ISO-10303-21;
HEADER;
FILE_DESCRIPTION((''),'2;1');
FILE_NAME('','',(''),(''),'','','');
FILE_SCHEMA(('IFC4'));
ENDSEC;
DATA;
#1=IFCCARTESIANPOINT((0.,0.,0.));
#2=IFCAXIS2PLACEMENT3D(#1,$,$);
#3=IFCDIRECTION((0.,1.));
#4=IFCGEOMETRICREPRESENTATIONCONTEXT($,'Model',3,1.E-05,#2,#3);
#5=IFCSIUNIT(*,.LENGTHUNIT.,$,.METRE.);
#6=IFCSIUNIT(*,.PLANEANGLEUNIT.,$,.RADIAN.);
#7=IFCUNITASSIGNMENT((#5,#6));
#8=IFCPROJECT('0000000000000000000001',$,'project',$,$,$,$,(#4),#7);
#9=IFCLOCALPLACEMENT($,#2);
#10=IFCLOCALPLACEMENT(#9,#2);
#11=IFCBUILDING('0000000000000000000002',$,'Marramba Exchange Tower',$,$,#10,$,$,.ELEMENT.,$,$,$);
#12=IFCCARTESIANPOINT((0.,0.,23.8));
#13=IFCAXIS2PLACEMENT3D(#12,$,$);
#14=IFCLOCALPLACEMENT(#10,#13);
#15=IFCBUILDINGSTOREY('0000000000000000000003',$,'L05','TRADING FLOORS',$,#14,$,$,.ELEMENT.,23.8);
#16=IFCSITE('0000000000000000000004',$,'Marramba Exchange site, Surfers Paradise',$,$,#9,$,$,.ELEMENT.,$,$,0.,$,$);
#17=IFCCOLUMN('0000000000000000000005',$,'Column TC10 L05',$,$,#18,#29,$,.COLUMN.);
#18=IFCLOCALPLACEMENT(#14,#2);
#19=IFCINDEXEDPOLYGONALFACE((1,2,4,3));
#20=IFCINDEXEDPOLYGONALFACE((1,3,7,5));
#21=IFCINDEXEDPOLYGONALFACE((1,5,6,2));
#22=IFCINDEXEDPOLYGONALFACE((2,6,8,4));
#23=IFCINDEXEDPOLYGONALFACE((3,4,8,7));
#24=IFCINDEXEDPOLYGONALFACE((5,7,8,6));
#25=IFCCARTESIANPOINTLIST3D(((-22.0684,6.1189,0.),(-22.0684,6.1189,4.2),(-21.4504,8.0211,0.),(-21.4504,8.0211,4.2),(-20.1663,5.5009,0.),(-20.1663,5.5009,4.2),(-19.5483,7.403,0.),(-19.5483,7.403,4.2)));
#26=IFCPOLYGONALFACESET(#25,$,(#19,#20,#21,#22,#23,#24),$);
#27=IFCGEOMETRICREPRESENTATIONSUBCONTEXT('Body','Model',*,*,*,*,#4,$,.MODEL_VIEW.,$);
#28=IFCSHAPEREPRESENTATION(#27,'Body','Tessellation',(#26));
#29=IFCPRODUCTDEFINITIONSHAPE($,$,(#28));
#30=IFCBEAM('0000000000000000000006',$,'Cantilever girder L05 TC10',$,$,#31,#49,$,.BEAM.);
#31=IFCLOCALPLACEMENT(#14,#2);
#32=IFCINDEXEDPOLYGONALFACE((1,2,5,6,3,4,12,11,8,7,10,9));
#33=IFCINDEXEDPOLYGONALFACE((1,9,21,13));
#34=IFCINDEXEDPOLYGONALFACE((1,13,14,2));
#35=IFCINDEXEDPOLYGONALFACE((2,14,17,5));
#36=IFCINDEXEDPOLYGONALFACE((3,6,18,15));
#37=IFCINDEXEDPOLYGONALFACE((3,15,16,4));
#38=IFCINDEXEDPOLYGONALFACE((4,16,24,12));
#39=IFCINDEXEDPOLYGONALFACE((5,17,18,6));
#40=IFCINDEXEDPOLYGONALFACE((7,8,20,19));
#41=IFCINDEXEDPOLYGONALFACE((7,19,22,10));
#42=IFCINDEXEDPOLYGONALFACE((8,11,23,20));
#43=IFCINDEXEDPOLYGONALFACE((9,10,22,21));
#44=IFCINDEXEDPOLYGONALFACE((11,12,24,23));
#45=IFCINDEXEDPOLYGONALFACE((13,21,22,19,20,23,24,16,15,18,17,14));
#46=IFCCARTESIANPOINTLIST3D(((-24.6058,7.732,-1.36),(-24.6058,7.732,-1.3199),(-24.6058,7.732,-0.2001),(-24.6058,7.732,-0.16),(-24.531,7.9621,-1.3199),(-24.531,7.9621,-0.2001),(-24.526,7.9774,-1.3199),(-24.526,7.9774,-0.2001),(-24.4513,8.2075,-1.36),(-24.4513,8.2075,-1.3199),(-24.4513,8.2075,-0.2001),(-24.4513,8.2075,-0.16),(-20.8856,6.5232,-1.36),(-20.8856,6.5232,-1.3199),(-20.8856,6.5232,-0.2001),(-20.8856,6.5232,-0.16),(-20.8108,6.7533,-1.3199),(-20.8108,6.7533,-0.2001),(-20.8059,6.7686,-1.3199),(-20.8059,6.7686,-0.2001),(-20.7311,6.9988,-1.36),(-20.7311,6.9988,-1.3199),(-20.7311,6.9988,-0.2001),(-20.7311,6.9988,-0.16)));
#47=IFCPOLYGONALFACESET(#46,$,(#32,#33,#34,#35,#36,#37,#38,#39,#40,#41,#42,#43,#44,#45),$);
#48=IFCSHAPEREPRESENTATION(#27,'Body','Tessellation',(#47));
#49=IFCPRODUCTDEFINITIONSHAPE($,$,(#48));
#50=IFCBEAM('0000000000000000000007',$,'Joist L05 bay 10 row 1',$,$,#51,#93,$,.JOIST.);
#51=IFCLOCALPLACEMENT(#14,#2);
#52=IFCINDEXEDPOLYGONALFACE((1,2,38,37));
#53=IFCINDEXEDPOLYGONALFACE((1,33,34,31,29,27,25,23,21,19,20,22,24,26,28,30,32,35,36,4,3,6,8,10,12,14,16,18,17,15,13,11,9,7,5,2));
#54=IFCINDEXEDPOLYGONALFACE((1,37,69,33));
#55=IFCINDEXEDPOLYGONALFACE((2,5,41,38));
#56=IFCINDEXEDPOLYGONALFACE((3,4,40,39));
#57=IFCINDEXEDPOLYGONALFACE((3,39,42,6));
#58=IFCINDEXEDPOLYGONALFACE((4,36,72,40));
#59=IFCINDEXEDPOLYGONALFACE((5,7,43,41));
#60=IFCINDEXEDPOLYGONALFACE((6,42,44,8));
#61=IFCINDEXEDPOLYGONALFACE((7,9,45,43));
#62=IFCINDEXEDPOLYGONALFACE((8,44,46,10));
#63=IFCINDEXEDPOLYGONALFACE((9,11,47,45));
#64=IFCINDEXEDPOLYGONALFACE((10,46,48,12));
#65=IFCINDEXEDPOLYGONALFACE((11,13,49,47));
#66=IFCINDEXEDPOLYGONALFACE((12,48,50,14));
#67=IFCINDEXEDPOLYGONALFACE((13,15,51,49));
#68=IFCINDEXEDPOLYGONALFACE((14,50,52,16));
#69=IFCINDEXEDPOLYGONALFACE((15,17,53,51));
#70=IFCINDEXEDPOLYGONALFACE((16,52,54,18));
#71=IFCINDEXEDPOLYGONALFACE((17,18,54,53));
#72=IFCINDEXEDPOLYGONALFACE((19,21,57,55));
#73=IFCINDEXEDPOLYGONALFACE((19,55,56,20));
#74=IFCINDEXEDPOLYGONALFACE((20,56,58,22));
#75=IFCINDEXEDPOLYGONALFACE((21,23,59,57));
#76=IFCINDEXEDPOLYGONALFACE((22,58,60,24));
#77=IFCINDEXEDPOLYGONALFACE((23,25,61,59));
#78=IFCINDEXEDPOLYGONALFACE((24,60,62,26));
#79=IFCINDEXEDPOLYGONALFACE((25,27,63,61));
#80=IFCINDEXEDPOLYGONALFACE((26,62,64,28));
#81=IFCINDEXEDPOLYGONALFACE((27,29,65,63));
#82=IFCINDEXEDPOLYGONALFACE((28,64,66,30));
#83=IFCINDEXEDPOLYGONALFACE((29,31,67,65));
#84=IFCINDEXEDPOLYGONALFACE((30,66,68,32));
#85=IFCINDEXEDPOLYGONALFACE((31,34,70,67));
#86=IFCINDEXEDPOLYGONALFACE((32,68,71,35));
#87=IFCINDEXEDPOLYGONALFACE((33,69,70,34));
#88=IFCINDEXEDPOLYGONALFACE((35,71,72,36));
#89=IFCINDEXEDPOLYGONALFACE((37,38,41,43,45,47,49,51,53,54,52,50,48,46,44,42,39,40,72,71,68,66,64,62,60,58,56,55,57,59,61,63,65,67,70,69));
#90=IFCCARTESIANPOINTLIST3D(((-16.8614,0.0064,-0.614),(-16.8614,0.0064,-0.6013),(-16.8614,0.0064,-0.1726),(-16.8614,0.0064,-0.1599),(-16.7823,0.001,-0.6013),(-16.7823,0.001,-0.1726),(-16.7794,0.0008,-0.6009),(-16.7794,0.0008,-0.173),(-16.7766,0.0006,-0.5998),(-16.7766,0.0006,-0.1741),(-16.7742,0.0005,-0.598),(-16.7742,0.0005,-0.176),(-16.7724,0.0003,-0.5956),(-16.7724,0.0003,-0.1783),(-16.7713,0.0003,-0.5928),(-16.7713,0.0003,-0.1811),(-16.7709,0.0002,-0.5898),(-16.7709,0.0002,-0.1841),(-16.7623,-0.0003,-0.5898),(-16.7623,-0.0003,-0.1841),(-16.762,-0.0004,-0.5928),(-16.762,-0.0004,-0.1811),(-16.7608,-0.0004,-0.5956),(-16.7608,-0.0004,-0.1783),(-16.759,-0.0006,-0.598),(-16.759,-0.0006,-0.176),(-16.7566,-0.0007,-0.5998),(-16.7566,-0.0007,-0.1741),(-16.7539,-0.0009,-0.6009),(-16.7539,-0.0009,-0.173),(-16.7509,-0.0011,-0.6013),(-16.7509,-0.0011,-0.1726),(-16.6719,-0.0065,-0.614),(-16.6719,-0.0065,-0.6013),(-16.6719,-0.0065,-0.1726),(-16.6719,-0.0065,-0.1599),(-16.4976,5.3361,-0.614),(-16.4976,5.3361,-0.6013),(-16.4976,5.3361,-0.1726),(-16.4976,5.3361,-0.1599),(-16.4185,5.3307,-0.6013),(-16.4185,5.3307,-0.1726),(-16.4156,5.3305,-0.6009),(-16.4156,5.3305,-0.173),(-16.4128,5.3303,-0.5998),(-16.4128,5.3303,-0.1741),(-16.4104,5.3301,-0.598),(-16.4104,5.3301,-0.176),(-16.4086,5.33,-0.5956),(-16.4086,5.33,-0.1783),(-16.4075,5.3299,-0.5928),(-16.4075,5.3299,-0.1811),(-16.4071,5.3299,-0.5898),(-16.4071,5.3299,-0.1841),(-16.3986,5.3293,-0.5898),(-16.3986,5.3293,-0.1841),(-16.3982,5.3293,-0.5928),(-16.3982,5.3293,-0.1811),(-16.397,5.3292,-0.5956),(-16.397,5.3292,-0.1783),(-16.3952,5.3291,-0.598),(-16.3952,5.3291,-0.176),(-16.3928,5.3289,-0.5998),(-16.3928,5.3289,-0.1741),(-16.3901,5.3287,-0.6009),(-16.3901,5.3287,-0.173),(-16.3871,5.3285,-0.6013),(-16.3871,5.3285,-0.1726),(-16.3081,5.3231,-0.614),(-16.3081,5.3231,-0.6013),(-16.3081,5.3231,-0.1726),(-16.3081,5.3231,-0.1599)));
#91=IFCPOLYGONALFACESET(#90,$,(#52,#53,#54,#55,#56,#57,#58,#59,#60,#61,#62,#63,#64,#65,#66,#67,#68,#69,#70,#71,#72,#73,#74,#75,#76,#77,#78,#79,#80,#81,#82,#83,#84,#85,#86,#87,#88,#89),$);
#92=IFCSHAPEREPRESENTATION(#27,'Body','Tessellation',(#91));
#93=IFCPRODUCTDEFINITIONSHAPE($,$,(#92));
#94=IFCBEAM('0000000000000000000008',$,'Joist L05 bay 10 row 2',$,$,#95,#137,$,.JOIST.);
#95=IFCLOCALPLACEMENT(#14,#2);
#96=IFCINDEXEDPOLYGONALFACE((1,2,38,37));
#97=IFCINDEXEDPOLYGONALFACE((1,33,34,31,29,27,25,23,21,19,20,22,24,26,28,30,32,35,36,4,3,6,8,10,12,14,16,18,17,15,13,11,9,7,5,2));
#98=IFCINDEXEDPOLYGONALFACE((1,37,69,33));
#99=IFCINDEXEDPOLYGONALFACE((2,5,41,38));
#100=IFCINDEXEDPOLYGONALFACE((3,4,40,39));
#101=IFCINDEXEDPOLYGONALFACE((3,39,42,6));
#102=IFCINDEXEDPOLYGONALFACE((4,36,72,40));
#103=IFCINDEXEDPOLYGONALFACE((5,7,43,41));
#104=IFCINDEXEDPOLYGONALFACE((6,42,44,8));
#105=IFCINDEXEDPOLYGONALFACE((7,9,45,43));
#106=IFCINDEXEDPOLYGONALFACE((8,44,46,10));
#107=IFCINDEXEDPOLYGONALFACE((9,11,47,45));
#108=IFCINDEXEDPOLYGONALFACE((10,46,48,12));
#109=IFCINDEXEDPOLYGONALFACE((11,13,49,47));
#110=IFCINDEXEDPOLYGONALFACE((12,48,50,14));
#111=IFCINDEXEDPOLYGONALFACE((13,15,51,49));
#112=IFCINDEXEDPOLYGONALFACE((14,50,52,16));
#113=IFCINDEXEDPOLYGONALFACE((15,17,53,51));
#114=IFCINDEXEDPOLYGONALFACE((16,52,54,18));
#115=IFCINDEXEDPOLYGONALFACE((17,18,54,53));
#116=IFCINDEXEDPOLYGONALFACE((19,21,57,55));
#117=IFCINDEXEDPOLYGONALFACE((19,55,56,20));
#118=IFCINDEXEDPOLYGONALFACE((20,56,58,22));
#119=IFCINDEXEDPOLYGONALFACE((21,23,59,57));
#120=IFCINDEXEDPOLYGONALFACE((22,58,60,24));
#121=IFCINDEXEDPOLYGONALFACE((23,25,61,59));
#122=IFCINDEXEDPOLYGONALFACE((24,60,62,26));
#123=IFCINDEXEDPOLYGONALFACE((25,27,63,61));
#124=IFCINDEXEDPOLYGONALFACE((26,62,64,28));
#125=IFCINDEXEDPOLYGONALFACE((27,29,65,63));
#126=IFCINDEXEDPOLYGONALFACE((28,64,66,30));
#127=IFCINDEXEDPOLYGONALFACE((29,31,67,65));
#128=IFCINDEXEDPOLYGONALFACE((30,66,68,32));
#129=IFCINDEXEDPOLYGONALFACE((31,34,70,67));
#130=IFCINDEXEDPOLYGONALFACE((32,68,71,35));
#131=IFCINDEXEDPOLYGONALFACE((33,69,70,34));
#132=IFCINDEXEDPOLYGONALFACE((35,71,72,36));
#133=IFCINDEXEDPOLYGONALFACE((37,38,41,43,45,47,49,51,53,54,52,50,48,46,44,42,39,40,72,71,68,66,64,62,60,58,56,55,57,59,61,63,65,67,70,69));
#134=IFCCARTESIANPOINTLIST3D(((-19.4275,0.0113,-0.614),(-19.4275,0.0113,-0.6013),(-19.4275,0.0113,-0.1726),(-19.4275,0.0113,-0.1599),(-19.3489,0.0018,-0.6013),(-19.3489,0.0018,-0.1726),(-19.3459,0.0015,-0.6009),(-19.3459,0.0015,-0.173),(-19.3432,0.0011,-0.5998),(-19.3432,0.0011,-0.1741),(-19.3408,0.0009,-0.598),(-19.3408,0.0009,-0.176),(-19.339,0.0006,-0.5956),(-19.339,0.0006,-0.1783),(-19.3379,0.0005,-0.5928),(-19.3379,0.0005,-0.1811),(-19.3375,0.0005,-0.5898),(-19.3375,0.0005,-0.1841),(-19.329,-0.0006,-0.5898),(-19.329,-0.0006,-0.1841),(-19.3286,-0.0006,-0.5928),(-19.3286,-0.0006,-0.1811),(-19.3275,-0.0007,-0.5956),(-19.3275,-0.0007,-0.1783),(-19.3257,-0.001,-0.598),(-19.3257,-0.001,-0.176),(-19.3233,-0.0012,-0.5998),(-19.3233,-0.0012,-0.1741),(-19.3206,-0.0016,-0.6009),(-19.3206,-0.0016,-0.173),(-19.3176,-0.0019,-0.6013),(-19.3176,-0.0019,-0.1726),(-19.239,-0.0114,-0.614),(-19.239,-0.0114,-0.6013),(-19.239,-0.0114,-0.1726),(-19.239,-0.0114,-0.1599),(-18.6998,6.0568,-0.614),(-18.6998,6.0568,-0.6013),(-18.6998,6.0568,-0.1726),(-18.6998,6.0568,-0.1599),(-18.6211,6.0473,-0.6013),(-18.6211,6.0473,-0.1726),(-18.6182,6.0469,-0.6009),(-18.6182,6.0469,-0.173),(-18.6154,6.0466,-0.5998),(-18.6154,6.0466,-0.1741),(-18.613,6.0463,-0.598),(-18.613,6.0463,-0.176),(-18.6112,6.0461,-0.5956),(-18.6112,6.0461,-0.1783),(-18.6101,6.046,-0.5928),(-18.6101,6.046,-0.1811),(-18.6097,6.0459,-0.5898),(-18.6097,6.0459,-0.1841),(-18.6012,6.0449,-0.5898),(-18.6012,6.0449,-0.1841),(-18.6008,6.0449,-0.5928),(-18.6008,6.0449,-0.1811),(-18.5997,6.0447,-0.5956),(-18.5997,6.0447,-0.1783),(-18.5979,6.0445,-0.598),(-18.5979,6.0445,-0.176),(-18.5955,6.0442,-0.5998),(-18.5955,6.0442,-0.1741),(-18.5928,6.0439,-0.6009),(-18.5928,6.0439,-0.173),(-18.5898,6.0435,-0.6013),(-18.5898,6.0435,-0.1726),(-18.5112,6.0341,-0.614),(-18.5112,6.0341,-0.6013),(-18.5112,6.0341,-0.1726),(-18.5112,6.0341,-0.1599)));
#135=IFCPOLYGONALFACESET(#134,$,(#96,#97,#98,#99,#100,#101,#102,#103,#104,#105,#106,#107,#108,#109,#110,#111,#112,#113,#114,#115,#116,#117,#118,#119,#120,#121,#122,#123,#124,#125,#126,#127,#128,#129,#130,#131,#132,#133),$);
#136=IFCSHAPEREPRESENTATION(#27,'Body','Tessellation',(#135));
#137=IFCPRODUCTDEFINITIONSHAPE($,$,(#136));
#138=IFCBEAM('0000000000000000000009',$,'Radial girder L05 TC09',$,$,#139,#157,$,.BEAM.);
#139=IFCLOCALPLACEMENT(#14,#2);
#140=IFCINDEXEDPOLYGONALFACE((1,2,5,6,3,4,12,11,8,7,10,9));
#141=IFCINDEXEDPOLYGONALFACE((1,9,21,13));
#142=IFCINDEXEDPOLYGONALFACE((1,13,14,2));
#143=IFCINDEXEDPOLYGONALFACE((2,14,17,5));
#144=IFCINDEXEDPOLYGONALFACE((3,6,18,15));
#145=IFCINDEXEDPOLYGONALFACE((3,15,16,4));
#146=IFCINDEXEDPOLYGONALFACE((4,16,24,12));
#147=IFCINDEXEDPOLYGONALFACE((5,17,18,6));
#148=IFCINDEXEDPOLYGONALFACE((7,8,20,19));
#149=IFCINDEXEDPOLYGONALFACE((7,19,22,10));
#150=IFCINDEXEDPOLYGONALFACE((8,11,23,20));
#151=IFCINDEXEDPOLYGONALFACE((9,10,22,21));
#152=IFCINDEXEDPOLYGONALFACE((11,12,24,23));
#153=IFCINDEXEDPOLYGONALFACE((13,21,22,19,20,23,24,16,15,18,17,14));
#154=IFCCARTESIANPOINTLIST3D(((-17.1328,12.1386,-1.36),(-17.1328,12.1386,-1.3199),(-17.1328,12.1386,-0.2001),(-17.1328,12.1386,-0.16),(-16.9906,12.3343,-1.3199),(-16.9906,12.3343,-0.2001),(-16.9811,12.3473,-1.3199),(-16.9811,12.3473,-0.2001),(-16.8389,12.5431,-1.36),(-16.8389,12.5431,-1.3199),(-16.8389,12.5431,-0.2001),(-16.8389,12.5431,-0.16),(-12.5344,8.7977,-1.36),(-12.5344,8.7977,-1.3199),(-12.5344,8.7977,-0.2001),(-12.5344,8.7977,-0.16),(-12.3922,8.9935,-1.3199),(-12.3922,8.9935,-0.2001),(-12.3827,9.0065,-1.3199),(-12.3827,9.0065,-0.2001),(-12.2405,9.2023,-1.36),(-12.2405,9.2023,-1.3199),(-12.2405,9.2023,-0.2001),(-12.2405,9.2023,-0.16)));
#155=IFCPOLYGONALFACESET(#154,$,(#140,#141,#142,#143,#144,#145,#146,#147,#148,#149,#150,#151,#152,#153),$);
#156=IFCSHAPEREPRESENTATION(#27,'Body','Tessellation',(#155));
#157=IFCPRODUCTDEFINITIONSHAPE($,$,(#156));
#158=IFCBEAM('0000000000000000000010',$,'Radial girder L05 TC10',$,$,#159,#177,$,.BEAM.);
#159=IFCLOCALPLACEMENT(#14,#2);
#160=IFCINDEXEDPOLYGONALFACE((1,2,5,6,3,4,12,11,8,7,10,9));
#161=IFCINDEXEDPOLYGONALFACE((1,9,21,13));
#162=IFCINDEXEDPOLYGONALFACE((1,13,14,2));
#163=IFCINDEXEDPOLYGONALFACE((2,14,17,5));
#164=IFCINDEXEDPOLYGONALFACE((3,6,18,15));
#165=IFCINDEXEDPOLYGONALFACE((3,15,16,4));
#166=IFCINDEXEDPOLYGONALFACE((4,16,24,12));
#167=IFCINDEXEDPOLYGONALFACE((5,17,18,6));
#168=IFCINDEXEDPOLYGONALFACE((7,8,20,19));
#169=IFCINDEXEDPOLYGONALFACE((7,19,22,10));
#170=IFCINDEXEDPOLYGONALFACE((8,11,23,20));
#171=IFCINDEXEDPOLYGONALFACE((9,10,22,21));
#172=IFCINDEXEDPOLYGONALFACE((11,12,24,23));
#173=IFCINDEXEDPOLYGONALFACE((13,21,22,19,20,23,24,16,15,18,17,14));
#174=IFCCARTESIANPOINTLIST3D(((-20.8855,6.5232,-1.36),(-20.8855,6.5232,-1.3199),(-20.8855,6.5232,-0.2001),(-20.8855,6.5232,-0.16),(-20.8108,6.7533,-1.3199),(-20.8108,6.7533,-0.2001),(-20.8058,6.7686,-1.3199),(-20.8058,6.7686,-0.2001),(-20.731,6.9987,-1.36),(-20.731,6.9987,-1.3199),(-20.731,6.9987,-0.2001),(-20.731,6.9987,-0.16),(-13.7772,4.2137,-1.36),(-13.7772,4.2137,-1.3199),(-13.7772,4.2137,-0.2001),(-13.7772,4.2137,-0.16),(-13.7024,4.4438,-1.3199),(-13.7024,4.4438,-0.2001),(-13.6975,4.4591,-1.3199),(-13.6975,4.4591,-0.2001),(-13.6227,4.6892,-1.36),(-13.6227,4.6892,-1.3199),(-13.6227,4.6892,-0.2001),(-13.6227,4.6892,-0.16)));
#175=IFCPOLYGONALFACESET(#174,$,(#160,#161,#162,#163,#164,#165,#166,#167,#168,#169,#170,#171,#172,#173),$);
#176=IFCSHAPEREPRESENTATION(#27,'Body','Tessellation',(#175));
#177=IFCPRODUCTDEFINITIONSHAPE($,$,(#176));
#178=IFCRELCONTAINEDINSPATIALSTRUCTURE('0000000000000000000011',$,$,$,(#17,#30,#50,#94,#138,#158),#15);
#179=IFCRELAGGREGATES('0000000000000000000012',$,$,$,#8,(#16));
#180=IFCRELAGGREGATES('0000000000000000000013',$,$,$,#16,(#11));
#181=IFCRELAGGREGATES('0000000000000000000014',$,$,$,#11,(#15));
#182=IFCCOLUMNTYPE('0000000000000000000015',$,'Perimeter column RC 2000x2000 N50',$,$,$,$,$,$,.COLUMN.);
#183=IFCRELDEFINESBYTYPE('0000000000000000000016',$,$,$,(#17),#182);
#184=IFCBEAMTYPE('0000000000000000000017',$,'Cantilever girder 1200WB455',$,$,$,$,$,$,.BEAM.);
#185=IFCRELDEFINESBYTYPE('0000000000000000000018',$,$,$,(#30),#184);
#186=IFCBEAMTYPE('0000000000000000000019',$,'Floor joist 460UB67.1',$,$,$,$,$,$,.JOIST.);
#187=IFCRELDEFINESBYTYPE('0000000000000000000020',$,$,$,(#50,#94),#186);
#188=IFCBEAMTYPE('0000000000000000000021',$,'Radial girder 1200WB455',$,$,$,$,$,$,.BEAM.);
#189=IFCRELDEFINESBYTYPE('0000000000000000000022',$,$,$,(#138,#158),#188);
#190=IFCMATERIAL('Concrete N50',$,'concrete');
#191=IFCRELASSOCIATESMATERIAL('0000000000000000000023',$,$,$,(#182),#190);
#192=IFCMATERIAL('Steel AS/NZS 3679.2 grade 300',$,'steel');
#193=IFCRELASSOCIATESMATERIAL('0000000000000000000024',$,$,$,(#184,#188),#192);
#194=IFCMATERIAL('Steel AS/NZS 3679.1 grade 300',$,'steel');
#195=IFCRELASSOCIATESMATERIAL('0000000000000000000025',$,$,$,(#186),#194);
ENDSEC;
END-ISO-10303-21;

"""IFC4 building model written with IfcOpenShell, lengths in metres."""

from ifc_helpers import new_model, si_unit, direction, frame, origin, origin_2d, place, context, subcontext, project, spatial, rectangle, i_section, extrude, material, material_profile, profile_set, type_object, element, save


model = new_model("IFC4")

# Units and contexts
model_context = context("Model", 3, precision=1e-05, world=origin(), true_north=direction((0.0, 1.0)))
body_context = subcontext(model_context, "Body", "Model", "MODEL_VIEW")
ifc_project = project(units=[si_unit("LENGTHUNIT", "METRE"), si_unit("PLANEANGLEUNIT", "RADIAN")], contexts=[model_context])

# Site, building, storey
site_placement = place(None, origin())
site = spatial("IfcSite", under=ifc_project, at=site_placement, Name="Marramba Exchange site, Surfers Paradise", CompositionType="ELEMENT", RefElevation=0.0)
building_placement = place(site_placement, origin())
building = spatial("IfcBuilding", under=site, at=building_placement, Name="Marramba Exchange Tower", CompositionType="ELEMENT")
storey_placement = place(building_placement, frame((0.0, 0.0, 23.8)))
storey = spatial("IfcBuildingStorey", under=building, at=storey_placement, Name="L05", Description="TRADING FLOORS", CompositionType="ELEMENT", Elevation=23.8)

# Column
ifc_material_1 = material(Name="Concrete N50", Category="concrete")
ifc_material_profile_1 = material_profile(ifc_material_1, rectangle(XDim=2.0, YDim=2.0, at=origin_2d()), Name="RC 2000x2000")
ifc_profile_set_1 = profile_set([ifc_material_profile_1], Name="Concrete N50")
column_type = type_object("IfcColumnType", Name="Perimeter column RC 2000x2000 N50", PredefinedType="COLUMN", material=ifc_profile_set_1)
column_placement = place(storey_placement, frame((-20.8083, 6.761, 0.0), z_axis=(0.0, 0.0, 1.0), x_axis=(-0.951057, 0.309017, 0.0)))
element("IfcColumn", 1, at=column_placement, inside=storey, type_object=column_type, Name="Column TC10 L05", PredefinedType="COLUMN", context=body_context, shape_type="SweptSolid", body=[
    extrude(rectangle(XDim=2.0, YDim=2.0, at=origin_2d()), origin(), (0.0, 0.0, 1.0), 4.2),
])

# Beams
ifc_material_2 = material(Name="Steel AS/NZS 3679.2 grade 300", Category="steel")
ifc_material_profile_2 = material_profile(ifc_material_2, i_section(OverallWidth=0.5, OverallDepth=1.2, WebThickness=0.0161, FlangeThickness=0.04, at=origin_2d()), Name="1200WB455")
ifc_profile_set_2 = profile_set([ifc_material_profile_2], Name="Steel AS/NZS 3679.2 grade 300")
beam_type_1 = type_object("IfcBeamType", Name="Cantilever girder 1200WB455", PredefinedType="BEAM", material=ifc_profile_set_2)
beam_1_placement = place(storey_placement, frame((-20.8083, 6.761, -0.76), z_axis=(-0.951059, 0.30901, 0.0), x_axis=(-0.30901, -0.951059, 0.0)))
element("IfcBeam", 2, at=beam_1_placement, inside=storey, type_object=beam_type_1, Name="Cantilever girder L05 TC10", PredefinedType="BEAM", context=body_context, shape_type="SweptSolid", body=[
    extrude(i_section(OverallWidth=0.5, OverallDepth=1.2, WebThickness=0.0161, FlangeThickness=0.04, at=origin_2d()), origin(), (0.0, 0.0, 1.0), 3.9116),
])
ifc_material_3 = material(Name="Steel AS/NZS 3679.1 grade 300", Category="steel")
ifc_material_profile_3 = material_profile(ifc_material_3, i_section(OverallWidth=0.1899, OverallDepth=0.4541, WebThickness=0.0085, FlangeThickness=0.0127, FilletRadius=0.0115, at=origin_2d()), Name="460UB67.1")
ifc_profile_set_3 = profile_set([ifc_material_profile_3], Name="Steel AS/NZS 3679.1 grade 300")
beam_type_2 = type_object("IfcBeamType", Name="Floor joist 460UB67.1", PredefinedType="JOIST", material=ifc_profile_set_3)
beam_2_placement = place(storey_placement, frame((-16.4028, 5.3296, -0.387), z_axis=(-0.068096, -0.997679, 0.0), x_axis=(0.997679, -0.068096, 0.0)))
element("IfcBeam", 3, at=beam_2_placement, inside=storey, type_object=beam_type_2, Name="Joist L05 bay 10 row 1", PredefinedType="JOIST", context=body_context, shape_type="SweptSolid", body=[
    extrude(i_section(OverallWidth=0.1899, OverallDepth=0.4541, WebThickness=0.0085, FlangeThickness=0.0127, FilletRadius=0.0115, at=origin_2d()), origin(), (0.0, 0.0, 1.0), 5.342),
])
beam_3_placement = place(storey_placement, frame((-18.6055, 6.0454, -0.387), z_axis=(-0.119523, -0.992831, 0.0), x_axis=(0.992831, -0.119523, 0.0)))
element("IfcBeam", 4, at=beam_3_placement, inside=storey, type_object=beam_type_2, Name="Joist L05 bay 10 row 2", PredefinedType="JOIST", context=body_context, shape_type="SweptSolid", body=[
    extrude(i_section(OverallWidth=0.1899, OverallDepth=0.4541, WebThickness=0.0085, FlangeThickness=0.0127, FilletRadius=0.0115, at=origin_2d()), origin(), (0.0, 0.0, 1.0), 6.0891),
])
ifc_material_profile_4 = material_profile(ifc_material_2, i_section(OverallWidth=0.5, OverallDepth=1.2, WebThickness=0.0161, FlangeThickness=0.04, at=origin_2d()), Name="1200WB455")
ifc_profile_set_4 = profile_set([ifc_material_profile_4], Name="Steel AS/NZS 3679.2 grade 300")
beam_type_3 = type_object("IfcBeamType", Name="Radial girder 1200WB455", PredefinedType="BEAM", material=ifc_profile_set_4)
beam_4_placement = place(storey_placement, frame((-12.3875, 9.0, -0.76), z_axis=(-0.809026, 0.587773, 0.0), x_axis=(-0.587773, -0.809026, 0.0)))
element("IfcBeam", 5, at=beam_4_placement, inside=storey, type_object=beam_type_3, Name="Radial girder L05 TC09", PredefinedType="BEAM", context=body_context, shape_type="SweptSolid", body=[
    extrude(i_section(OverallWidth=0.5, OverallDepth=1.2, WebThickness=0.0161, FlangeThickness=0.04, at=origin_2d()), origin(), (0.0, 0.0, 1.0), 5.6838),
])
beam_5_placement = place(storey_placement, frame((-13.7, 4.4514, -0.76), z_axis=(-0.95106, 0.309006, 0.0), x_axis=(-0.309006, -0.95106, 0.0)))
element("IfcBeam", 6, at=beam_5_placement, inside=storey, type_object=beam_type_3, Name="Radial girder L05 TC10", PredefinedType="BEAM", context=body_context, shape_type="SweptSolid", body=[
    extrude(i_section(OverallWidth=0.5, OverallDepth=1.2, WebThickness=0.0161, FlangeThickness=0.04, at=origin_2d()), origin(), (0.0, 0.0, 1.0), 7.4741),
])

save(model, "model.ifc")
